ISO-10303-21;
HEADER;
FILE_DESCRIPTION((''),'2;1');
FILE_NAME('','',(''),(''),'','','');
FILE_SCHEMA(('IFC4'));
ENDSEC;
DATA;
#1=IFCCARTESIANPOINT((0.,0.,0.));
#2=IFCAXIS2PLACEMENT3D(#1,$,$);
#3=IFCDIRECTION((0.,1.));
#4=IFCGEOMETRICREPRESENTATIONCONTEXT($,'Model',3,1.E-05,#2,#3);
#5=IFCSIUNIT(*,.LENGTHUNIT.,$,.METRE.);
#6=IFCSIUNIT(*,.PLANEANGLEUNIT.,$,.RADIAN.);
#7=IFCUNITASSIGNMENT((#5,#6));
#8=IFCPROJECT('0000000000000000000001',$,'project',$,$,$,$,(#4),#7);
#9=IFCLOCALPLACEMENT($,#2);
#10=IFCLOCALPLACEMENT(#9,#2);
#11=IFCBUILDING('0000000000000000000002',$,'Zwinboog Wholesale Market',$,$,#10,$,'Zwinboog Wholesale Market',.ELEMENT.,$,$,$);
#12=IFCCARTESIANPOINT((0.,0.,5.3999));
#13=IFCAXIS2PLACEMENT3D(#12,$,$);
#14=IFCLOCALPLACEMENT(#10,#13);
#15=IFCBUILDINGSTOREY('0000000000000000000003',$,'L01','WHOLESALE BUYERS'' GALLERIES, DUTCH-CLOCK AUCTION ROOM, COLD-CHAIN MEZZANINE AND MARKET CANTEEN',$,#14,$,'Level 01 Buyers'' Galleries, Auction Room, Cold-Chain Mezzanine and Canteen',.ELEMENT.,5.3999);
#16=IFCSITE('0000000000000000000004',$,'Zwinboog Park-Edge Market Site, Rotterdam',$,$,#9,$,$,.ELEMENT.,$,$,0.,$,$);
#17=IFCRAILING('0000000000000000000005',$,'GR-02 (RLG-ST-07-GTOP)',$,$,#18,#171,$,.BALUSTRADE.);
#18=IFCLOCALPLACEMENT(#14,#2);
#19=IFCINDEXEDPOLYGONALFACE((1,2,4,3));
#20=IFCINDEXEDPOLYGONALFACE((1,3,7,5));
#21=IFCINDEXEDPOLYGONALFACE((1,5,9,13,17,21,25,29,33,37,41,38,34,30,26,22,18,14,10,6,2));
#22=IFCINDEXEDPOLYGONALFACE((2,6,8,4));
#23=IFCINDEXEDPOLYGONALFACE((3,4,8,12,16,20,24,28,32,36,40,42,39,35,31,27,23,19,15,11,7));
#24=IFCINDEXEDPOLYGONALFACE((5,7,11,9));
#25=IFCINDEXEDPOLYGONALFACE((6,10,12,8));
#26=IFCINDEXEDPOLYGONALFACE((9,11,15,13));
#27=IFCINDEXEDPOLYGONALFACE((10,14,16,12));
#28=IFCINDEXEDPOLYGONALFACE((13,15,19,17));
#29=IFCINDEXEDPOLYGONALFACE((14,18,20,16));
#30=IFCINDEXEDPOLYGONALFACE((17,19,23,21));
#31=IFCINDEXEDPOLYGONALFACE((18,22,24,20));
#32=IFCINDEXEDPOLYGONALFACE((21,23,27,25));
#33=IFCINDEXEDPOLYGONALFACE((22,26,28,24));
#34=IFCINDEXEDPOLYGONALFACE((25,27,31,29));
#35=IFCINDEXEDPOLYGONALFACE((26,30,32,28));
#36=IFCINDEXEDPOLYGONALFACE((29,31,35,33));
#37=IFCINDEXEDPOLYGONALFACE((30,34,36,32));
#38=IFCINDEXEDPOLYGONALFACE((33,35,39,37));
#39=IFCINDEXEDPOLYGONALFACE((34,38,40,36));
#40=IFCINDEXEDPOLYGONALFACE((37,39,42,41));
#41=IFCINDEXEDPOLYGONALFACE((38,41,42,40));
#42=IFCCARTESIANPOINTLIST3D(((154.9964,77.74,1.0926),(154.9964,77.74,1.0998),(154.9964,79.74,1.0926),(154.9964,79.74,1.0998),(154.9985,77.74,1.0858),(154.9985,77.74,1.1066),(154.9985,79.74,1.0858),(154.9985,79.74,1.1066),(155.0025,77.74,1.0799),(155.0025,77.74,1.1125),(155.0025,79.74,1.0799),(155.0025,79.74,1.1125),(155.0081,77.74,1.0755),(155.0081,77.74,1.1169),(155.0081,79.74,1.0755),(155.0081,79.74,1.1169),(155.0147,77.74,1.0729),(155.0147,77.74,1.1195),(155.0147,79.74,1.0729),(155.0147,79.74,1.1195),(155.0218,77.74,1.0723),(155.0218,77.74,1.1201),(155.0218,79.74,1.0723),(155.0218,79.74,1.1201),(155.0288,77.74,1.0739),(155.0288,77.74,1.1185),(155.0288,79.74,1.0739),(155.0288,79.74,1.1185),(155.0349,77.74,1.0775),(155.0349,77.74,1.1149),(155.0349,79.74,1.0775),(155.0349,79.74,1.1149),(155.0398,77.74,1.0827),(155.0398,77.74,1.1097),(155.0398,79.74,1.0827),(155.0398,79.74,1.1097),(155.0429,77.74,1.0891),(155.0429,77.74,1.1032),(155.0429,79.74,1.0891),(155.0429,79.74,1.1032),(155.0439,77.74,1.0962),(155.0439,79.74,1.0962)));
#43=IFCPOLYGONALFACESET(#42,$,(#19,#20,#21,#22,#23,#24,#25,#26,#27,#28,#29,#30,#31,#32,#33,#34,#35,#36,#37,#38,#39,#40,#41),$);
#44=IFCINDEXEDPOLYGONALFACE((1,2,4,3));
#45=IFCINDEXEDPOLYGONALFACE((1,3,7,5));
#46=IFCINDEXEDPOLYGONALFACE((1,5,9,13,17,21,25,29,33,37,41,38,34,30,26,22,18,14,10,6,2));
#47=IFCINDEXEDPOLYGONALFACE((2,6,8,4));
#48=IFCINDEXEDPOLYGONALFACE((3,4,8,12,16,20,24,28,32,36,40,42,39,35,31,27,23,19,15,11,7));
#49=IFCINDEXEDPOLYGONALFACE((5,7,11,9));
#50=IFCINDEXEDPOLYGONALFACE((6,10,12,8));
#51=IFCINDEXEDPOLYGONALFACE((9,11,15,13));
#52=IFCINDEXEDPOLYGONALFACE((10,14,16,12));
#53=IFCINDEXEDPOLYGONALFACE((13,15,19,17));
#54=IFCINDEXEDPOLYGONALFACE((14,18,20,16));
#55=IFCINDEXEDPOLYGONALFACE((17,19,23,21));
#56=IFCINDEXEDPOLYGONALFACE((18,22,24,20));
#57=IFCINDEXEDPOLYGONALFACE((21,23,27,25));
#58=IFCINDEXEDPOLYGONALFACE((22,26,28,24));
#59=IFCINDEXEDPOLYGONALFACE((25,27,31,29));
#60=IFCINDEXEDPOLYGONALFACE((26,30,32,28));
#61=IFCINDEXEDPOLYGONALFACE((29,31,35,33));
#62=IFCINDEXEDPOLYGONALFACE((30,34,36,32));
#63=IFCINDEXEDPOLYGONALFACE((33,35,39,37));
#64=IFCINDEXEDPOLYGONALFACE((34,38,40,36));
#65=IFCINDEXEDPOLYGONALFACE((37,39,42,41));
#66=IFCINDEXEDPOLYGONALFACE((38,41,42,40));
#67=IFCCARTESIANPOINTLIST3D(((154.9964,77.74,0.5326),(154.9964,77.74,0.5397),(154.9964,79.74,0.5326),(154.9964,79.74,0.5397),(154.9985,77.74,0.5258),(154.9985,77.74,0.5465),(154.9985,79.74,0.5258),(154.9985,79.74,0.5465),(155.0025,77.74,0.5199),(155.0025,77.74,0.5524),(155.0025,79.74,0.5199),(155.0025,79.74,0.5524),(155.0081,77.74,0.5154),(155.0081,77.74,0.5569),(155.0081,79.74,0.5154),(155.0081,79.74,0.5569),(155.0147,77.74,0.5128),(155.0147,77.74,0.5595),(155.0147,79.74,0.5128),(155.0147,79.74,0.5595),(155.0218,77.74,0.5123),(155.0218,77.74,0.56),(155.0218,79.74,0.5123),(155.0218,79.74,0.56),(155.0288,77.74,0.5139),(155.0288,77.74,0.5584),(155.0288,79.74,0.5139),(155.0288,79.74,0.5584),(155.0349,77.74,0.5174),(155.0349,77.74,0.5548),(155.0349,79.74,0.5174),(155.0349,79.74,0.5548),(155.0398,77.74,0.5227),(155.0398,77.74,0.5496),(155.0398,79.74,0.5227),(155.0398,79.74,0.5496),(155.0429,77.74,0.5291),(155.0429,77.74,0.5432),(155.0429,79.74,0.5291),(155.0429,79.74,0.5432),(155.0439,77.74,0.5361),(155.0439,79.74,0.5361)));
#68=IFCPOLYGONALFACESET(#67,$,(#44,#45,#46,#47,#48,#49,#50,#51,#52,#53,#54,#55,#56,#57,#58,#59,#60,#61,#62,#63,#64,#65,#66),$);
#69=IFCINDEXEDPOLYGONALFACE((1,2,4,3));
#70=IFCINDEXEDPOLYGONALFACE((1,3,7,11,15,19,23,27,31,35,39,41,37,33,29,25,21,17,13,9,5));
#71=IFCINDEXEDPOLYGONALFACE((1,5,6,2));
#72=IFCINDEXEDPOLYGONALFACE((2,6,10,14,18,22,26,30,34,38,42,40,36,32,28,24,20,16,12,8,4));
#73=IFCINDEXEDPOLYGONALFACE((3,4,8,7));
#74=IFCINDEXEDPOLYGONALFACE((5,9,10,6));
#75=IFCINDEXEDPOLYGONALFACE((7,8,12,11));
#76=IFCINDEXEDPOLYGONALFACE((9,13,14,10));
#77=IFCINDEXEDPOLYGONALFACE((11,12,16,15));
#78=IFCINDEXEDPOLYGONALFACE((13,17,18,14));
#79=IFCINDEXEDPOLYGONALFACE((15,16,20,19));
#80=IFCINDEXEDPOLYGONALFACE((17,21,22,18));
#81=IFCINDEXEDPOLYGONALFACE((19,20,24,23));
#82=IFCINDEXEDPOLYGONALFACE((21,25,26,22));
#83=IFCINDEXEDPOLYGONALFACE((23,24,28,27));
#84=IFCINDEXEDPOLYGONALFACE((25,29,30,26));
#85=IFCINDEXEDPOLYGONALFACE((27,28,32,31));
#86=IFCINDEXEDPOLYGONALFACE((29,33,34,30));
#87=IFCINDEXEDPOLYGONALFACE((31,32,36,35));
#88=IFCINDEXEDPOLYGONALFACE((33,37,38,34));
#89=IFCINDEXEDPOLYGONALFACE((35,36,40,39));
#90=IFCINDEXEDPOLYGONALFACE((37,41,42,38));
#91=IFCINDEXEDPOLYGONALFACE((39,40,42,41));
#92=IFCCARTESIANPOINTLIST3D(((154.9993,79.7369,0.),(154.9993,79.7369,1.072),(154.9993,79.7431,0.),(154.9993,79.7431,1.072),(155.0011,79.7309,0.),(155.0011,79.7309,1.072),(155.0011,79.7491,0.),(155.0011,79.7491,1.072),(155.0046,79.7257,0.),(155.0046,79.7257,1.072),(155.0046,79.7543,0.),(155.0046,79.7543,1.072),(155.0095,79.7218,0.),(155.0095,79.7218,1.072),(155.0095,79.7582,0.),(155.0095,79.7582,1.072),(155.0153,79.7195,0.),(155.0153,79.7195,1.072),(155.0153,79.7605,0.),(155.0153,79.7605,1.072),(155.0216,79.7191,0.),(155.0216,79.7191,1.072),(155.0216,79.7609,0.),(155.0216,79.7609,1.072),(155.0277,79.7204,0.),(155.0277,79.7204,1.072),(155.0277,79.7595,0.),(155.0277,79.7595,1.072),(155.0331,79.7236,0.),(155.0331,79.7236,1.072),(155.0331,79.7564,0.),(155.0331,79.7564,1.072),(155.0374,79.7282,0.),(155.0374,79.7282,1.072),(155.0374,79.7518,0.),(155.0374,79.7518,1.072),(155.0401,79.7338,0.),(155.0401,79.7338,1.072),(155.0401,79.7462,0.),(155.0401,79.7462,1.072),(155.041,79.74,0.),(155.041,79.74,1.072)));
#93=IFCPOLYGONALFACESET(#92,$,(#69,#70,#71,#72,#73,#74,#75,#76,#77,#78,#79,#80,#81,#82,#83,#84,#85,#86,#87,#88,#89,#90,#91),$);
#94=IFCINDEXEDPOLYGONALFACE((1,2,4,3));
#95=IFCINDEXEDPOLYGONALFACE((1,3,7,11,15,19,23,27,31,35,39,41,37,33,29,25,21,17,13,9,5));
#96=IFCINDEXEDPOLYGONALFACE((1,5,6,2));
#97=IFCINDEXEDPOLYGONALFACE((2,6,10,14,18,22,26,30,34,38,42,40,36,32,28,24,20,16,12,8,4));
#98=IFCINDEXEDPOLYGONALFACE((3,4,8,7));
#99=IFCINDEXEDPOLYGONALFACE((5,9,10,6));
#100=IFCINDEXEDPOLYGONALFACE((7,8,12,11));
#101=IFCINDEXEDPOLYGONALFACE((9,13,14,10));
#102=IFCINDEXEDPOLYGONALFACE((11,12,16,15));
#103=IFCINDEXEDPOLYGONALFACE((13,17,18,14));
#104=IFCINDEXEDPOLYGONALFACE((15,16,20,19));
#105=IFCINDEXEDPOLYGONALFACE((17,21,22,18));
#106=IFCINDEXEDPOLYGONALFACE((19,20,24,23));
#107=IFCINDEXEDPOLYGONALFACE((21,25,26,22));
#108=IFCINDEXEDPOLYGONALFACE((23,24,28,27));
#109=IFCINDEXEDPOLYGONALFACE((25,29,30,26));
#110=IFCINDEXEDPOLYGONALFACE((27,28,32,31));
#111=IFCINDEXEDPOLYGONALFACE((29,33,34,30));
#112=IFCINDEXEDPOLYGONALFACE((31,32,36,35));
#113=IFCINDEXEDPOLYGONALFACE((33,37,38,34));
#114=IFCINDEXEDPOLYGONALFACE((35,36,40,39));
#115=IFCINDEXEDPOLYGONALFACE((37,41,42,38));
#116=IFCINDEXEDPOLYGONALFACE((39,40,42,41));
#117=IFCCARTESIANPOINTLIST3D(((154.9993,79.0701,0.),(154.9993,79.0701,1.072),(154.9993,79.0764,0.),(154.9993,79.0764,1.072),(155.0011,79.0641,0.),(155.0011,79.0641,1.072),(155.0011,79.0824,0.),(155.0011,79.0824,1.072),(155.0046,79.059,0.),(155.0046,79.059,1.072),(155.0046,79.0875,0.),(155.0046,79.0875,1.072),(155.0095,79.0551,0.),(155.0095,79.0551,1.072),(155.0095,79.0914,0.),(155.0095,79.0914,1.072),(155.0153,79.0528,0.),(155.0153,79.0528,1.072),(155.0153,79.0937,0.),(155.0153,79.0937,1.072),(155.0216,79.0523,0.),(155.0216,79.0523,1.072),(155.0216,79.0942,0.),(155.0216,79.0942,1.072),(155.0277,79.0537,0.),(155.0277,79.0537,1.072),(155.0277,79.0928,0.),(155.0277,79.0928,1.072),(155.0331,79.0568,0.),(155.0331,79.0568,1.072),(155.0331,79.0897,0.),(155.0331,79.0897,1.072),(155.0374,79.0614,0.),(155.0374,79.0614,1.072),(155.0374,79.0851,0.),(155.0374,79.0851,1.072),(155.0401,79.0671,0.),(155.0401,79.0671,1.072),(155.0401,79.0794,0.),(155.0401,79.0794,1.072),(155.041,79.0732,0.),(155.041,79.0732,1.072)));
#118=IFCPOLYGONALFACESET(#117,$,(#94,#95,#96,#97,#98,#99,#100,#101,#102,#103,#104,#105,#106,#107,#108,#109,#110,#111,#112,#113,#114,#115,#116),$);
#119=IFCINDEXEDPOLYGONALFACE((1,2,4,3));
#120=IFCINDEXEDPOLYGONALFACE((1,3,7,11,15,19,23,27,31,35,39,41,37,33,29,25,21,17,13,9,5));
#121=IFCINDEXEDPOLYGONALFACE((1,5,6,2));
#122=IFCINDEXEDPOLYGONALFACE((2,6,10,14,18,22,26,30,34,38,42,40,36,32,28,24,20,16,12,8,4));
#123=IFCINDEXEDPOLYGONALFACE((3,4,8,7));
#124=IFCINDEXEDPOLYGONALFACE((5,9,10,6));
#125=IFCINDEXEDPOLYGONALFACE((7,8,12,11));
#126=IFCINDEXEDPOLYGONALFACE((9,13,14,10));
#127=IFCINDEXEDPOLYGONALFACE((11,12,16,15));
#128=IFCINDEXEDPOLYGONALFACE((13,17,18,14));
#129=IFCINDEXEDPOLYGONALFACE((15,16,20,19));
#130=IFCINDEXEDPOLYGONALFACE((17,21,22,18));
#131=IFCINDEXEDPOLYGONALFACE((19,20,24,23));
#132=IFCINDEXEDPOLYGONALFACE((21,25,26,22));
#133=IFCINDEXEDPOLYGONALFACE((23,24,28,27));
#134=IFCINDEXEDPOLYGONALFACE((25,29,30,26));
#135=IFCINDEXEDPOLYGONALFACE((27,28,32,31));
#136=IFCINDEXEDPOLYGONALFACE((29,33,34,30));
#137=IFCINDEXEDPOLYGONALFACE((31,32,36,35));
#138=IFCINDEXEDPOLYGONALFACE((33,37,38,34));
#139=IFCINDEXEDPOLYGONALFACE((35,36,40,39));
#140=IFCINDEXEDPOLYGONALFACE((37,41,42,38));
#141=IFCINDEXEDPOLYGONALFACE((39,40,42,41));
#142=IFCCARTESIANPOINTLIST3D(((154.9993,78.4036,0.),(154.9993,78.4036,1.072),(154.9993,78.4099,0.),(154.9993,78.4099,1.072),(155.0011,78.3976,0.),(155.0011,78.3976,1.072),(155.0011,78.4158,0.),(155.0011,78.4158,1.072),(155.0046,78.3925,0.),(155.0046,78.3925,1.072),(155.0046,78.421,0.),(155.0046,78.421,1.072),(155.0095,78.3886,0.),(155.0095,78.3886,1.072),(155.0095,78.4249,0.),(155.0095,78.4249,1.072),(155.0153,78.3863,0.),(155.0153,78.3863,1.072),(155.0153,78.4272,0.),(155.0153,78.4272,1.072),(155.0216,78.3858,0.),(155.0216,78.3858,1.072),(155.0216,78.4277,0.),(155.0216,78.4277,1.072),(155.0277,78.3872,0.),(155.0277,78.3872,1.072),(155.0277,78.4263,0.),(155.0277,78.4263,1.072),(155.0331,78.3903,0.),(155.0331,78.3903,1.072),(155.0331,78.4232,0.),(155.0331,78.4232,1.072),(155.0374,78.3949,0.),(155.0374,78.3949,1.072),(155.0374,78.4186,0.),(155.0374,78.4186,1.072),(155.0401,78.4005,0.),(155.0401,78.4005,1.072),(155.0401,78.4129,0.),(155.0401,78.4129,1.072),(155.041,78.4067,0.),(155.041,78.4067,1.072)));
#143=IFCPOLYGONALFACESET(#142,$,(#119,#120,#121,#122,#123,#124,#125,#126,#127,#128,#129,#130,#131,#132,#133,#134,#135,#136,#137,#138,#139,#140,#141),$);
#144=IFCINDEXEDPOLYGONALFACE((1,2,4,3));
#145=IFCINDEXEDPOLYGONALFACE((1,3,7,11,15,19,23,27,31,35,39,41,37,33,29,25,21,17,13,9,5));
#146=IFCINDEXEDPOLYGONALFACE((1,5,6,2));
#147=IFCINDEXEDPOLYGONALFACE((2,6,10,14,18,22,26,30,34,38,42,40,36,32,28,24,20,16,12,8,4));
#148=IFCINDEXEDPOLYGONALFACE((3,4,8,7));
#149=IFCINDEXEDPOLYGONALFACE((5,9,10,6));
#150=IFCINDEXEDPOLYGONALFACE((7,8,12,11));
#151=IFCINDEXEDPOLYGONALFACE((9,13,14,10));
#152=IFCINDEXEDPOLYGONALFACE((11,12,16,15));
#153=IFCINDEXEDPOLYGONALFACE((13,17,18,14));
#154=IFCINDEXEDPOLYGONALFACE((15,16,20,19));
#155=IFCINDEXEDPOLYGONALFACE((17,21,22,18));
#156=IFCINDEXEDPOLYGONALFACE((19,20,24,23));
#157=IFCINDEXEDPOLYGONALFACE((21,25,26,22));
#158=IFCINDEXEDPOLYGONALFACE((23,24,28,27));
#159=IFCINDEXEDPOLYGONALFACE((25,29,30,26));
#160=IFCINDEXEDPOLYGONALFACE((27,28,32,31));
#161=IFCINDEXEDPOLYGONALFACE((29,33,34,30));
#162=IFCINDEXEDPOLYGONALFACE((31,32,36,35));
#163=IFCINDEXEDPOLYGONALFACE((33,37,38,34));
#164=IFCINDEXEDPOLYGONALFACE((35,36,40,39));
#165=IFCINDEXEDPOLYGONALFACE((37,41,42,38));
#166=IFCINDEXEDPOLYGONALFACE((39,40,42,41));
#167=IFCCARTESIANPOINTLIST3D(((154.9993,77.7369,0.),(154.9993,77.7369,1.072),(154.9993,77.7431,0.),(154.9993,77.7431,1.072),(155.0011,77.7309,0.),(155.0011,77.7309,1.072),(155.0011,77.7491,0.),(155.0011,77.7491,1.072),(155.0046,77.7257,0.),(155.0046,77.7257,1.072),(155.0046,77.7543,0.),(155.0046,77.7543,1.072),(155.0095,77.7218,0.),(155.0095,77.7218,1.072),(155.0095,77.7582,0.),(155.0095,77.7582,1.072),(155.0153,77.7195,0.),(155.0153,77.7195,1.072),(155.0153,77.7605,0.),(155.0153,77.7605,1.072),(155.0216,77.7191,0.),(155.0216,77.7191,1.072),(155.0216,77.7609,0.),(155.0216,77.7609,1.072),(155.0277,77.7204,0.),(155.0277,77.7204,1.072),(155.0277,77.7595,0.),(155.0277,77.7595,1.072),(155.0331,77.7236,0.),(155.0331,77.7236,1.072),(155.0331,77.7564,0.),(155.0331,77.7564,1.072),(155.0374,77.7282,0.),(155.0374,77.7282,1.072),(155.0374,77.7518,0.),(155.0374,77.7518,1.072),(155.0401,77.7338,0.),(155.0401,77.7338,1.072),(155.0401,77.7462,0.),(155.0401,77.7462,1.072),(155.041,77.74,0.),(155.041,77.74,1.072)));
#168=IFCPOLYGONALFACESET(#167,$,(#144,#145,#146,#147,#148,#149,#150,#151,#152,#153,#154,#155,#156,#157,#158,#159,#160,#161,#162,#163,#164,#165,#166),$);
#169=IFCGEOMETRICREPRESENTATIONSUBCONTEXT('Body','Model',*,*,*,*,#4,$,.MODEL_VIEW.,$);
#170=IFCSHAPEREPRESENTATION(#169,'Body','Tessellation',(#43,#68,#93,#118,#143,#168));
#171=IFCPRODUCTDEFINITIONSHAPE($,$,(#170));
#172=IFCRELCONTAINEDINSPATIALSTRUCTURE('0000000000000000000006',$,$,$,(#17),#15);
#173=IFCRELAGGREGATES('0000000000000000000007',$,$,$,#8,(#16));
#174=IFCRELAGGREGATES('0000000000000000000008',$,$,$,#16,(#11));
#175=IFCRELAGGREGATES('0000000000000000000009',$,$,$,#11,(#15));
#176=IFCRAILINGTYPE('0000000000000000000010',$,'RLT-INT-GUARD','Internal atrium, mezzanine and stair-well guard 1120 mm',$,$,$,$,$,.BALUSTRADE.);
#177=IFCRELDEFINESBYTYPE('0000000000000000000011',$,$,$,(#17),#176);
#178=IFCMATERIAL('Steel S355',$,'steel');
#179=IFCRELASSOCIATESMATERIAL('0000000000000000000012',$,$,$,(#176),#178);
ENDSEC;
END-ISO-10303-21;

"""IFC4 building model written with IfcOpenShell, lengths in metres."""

from ifc_helpers import new_model, si_unit, direction, frame, origin, origin_2d, place, context, subcontext, project, spatial, circle, extrude, material, type_object, element, save


model = new_model("IFC4")

# Units and contexts
model_context = context("Model", 3, precision=1e-05, world=origin(), true_north=direction((0.0, 1.0)))
body_context = subcontext(model_context, "Body", "Model", "MODEL_VIEW")
ifc_project = project(units=[si_unit("LENGTHUNIT", "METRE"), si_unit("PLANEANGLEUNIT", "RADIAN")], contexts=[model_context])

# Site, building, storey
site_placement = place(None, origin())
site = spatial("IfcSite", under=ifc_project, at=site_placement, Name="Zwinboog Park-Edge Market Site, Rotterdam", CompositionType="ELEMENT", RefElevation=0.0)
building_placement = place(site_placement, origin())
building = spatial("IfcBuilding", under=site, at=building_placement, Name="Zwinboog Wholesale Market", LongName="Zwinboog Wholesale Market", CompositionType="ELEMENT")
storey_placement = place(building_placement, frame((0.0, 0.0, 5.3999)))
storey = spatial("IfcBuildingStorey", under=building, at=storey_placement, Name="L01", Description="WHOLESALE BUYERS' GALLERIES, DUTCH-CLOCK AUCTION ROOM, COLD-CHAIN MEZZANINE AND MARKET CANTEEN", LongName="Level 01 Buyers' Galleries, Auction Room, Cold-Chain Mezzanine and Canteen", CompositionType="ELEMENT", Elevation=5.3999)

# Shared definitions
ifc_material_1 = material(Name="Steel S355", Category="steel")

# Railing
railing_type = type_object("IfcRailingType", Name="RLT-INT-GUARD", Description="Internal atrium, mezzanine and stair-well guard 1120 mm", PredefinedType="BALUSTRADE", material=ifc_material_1)
railing_placement = place(storey_placement, frame((155.02, 79.74, 0.0)))
element("IfcRailing", 1, at=railing_placement, inside=storey, type_object=railing_type, Name="GR-02 (RLG-ST-07-GTOP)", PredefinedType="BALUSTRADE", context=body_context, shape_type="SweptSolid", body=[
    extrude(circle(Radius=0.0239, at=origin_2d()), frame((0.0, 0.0, 1.0962), z_axis=(0.0, -1.0, 0.0), x_axis=(1.0, 0.0, 0.0)), (0.0, 0.0, 1.0), 2.0),
    extrude(circle(Radius=0.0239, at=origin_2d()), frame((0.0, 0.0, 0.5361), z_axis=(0.0, -1.0, 0.0), x_axis=(1.0, 0.0, 0.0)), (0.0, 0.0, 1.0), 2.0),
    extrude(circle(Radius=0.021, at=origin_2d()), origin(), (0.0, 0.0, 1.0), 1.072),
    extrude(circle(Radius=0.021, at=origin_2d()), frame((0.0, -0.6667, 0.0)), (0.0, 0.0, 1.0), 1.072),
    extrude(circle(Radius=0.021, at=origin_2d()), frame((0.0, -1.3333, 0.0)), (0.0, 0.0, 1.0), 1.072),
    extrude(circle(Radius=0.021, at=origin_2d()), frame((0.0, -2.0, 0.0)), (0.0, 0.0, 1.0), 1.072),
])

save(model, "model.ifc")
